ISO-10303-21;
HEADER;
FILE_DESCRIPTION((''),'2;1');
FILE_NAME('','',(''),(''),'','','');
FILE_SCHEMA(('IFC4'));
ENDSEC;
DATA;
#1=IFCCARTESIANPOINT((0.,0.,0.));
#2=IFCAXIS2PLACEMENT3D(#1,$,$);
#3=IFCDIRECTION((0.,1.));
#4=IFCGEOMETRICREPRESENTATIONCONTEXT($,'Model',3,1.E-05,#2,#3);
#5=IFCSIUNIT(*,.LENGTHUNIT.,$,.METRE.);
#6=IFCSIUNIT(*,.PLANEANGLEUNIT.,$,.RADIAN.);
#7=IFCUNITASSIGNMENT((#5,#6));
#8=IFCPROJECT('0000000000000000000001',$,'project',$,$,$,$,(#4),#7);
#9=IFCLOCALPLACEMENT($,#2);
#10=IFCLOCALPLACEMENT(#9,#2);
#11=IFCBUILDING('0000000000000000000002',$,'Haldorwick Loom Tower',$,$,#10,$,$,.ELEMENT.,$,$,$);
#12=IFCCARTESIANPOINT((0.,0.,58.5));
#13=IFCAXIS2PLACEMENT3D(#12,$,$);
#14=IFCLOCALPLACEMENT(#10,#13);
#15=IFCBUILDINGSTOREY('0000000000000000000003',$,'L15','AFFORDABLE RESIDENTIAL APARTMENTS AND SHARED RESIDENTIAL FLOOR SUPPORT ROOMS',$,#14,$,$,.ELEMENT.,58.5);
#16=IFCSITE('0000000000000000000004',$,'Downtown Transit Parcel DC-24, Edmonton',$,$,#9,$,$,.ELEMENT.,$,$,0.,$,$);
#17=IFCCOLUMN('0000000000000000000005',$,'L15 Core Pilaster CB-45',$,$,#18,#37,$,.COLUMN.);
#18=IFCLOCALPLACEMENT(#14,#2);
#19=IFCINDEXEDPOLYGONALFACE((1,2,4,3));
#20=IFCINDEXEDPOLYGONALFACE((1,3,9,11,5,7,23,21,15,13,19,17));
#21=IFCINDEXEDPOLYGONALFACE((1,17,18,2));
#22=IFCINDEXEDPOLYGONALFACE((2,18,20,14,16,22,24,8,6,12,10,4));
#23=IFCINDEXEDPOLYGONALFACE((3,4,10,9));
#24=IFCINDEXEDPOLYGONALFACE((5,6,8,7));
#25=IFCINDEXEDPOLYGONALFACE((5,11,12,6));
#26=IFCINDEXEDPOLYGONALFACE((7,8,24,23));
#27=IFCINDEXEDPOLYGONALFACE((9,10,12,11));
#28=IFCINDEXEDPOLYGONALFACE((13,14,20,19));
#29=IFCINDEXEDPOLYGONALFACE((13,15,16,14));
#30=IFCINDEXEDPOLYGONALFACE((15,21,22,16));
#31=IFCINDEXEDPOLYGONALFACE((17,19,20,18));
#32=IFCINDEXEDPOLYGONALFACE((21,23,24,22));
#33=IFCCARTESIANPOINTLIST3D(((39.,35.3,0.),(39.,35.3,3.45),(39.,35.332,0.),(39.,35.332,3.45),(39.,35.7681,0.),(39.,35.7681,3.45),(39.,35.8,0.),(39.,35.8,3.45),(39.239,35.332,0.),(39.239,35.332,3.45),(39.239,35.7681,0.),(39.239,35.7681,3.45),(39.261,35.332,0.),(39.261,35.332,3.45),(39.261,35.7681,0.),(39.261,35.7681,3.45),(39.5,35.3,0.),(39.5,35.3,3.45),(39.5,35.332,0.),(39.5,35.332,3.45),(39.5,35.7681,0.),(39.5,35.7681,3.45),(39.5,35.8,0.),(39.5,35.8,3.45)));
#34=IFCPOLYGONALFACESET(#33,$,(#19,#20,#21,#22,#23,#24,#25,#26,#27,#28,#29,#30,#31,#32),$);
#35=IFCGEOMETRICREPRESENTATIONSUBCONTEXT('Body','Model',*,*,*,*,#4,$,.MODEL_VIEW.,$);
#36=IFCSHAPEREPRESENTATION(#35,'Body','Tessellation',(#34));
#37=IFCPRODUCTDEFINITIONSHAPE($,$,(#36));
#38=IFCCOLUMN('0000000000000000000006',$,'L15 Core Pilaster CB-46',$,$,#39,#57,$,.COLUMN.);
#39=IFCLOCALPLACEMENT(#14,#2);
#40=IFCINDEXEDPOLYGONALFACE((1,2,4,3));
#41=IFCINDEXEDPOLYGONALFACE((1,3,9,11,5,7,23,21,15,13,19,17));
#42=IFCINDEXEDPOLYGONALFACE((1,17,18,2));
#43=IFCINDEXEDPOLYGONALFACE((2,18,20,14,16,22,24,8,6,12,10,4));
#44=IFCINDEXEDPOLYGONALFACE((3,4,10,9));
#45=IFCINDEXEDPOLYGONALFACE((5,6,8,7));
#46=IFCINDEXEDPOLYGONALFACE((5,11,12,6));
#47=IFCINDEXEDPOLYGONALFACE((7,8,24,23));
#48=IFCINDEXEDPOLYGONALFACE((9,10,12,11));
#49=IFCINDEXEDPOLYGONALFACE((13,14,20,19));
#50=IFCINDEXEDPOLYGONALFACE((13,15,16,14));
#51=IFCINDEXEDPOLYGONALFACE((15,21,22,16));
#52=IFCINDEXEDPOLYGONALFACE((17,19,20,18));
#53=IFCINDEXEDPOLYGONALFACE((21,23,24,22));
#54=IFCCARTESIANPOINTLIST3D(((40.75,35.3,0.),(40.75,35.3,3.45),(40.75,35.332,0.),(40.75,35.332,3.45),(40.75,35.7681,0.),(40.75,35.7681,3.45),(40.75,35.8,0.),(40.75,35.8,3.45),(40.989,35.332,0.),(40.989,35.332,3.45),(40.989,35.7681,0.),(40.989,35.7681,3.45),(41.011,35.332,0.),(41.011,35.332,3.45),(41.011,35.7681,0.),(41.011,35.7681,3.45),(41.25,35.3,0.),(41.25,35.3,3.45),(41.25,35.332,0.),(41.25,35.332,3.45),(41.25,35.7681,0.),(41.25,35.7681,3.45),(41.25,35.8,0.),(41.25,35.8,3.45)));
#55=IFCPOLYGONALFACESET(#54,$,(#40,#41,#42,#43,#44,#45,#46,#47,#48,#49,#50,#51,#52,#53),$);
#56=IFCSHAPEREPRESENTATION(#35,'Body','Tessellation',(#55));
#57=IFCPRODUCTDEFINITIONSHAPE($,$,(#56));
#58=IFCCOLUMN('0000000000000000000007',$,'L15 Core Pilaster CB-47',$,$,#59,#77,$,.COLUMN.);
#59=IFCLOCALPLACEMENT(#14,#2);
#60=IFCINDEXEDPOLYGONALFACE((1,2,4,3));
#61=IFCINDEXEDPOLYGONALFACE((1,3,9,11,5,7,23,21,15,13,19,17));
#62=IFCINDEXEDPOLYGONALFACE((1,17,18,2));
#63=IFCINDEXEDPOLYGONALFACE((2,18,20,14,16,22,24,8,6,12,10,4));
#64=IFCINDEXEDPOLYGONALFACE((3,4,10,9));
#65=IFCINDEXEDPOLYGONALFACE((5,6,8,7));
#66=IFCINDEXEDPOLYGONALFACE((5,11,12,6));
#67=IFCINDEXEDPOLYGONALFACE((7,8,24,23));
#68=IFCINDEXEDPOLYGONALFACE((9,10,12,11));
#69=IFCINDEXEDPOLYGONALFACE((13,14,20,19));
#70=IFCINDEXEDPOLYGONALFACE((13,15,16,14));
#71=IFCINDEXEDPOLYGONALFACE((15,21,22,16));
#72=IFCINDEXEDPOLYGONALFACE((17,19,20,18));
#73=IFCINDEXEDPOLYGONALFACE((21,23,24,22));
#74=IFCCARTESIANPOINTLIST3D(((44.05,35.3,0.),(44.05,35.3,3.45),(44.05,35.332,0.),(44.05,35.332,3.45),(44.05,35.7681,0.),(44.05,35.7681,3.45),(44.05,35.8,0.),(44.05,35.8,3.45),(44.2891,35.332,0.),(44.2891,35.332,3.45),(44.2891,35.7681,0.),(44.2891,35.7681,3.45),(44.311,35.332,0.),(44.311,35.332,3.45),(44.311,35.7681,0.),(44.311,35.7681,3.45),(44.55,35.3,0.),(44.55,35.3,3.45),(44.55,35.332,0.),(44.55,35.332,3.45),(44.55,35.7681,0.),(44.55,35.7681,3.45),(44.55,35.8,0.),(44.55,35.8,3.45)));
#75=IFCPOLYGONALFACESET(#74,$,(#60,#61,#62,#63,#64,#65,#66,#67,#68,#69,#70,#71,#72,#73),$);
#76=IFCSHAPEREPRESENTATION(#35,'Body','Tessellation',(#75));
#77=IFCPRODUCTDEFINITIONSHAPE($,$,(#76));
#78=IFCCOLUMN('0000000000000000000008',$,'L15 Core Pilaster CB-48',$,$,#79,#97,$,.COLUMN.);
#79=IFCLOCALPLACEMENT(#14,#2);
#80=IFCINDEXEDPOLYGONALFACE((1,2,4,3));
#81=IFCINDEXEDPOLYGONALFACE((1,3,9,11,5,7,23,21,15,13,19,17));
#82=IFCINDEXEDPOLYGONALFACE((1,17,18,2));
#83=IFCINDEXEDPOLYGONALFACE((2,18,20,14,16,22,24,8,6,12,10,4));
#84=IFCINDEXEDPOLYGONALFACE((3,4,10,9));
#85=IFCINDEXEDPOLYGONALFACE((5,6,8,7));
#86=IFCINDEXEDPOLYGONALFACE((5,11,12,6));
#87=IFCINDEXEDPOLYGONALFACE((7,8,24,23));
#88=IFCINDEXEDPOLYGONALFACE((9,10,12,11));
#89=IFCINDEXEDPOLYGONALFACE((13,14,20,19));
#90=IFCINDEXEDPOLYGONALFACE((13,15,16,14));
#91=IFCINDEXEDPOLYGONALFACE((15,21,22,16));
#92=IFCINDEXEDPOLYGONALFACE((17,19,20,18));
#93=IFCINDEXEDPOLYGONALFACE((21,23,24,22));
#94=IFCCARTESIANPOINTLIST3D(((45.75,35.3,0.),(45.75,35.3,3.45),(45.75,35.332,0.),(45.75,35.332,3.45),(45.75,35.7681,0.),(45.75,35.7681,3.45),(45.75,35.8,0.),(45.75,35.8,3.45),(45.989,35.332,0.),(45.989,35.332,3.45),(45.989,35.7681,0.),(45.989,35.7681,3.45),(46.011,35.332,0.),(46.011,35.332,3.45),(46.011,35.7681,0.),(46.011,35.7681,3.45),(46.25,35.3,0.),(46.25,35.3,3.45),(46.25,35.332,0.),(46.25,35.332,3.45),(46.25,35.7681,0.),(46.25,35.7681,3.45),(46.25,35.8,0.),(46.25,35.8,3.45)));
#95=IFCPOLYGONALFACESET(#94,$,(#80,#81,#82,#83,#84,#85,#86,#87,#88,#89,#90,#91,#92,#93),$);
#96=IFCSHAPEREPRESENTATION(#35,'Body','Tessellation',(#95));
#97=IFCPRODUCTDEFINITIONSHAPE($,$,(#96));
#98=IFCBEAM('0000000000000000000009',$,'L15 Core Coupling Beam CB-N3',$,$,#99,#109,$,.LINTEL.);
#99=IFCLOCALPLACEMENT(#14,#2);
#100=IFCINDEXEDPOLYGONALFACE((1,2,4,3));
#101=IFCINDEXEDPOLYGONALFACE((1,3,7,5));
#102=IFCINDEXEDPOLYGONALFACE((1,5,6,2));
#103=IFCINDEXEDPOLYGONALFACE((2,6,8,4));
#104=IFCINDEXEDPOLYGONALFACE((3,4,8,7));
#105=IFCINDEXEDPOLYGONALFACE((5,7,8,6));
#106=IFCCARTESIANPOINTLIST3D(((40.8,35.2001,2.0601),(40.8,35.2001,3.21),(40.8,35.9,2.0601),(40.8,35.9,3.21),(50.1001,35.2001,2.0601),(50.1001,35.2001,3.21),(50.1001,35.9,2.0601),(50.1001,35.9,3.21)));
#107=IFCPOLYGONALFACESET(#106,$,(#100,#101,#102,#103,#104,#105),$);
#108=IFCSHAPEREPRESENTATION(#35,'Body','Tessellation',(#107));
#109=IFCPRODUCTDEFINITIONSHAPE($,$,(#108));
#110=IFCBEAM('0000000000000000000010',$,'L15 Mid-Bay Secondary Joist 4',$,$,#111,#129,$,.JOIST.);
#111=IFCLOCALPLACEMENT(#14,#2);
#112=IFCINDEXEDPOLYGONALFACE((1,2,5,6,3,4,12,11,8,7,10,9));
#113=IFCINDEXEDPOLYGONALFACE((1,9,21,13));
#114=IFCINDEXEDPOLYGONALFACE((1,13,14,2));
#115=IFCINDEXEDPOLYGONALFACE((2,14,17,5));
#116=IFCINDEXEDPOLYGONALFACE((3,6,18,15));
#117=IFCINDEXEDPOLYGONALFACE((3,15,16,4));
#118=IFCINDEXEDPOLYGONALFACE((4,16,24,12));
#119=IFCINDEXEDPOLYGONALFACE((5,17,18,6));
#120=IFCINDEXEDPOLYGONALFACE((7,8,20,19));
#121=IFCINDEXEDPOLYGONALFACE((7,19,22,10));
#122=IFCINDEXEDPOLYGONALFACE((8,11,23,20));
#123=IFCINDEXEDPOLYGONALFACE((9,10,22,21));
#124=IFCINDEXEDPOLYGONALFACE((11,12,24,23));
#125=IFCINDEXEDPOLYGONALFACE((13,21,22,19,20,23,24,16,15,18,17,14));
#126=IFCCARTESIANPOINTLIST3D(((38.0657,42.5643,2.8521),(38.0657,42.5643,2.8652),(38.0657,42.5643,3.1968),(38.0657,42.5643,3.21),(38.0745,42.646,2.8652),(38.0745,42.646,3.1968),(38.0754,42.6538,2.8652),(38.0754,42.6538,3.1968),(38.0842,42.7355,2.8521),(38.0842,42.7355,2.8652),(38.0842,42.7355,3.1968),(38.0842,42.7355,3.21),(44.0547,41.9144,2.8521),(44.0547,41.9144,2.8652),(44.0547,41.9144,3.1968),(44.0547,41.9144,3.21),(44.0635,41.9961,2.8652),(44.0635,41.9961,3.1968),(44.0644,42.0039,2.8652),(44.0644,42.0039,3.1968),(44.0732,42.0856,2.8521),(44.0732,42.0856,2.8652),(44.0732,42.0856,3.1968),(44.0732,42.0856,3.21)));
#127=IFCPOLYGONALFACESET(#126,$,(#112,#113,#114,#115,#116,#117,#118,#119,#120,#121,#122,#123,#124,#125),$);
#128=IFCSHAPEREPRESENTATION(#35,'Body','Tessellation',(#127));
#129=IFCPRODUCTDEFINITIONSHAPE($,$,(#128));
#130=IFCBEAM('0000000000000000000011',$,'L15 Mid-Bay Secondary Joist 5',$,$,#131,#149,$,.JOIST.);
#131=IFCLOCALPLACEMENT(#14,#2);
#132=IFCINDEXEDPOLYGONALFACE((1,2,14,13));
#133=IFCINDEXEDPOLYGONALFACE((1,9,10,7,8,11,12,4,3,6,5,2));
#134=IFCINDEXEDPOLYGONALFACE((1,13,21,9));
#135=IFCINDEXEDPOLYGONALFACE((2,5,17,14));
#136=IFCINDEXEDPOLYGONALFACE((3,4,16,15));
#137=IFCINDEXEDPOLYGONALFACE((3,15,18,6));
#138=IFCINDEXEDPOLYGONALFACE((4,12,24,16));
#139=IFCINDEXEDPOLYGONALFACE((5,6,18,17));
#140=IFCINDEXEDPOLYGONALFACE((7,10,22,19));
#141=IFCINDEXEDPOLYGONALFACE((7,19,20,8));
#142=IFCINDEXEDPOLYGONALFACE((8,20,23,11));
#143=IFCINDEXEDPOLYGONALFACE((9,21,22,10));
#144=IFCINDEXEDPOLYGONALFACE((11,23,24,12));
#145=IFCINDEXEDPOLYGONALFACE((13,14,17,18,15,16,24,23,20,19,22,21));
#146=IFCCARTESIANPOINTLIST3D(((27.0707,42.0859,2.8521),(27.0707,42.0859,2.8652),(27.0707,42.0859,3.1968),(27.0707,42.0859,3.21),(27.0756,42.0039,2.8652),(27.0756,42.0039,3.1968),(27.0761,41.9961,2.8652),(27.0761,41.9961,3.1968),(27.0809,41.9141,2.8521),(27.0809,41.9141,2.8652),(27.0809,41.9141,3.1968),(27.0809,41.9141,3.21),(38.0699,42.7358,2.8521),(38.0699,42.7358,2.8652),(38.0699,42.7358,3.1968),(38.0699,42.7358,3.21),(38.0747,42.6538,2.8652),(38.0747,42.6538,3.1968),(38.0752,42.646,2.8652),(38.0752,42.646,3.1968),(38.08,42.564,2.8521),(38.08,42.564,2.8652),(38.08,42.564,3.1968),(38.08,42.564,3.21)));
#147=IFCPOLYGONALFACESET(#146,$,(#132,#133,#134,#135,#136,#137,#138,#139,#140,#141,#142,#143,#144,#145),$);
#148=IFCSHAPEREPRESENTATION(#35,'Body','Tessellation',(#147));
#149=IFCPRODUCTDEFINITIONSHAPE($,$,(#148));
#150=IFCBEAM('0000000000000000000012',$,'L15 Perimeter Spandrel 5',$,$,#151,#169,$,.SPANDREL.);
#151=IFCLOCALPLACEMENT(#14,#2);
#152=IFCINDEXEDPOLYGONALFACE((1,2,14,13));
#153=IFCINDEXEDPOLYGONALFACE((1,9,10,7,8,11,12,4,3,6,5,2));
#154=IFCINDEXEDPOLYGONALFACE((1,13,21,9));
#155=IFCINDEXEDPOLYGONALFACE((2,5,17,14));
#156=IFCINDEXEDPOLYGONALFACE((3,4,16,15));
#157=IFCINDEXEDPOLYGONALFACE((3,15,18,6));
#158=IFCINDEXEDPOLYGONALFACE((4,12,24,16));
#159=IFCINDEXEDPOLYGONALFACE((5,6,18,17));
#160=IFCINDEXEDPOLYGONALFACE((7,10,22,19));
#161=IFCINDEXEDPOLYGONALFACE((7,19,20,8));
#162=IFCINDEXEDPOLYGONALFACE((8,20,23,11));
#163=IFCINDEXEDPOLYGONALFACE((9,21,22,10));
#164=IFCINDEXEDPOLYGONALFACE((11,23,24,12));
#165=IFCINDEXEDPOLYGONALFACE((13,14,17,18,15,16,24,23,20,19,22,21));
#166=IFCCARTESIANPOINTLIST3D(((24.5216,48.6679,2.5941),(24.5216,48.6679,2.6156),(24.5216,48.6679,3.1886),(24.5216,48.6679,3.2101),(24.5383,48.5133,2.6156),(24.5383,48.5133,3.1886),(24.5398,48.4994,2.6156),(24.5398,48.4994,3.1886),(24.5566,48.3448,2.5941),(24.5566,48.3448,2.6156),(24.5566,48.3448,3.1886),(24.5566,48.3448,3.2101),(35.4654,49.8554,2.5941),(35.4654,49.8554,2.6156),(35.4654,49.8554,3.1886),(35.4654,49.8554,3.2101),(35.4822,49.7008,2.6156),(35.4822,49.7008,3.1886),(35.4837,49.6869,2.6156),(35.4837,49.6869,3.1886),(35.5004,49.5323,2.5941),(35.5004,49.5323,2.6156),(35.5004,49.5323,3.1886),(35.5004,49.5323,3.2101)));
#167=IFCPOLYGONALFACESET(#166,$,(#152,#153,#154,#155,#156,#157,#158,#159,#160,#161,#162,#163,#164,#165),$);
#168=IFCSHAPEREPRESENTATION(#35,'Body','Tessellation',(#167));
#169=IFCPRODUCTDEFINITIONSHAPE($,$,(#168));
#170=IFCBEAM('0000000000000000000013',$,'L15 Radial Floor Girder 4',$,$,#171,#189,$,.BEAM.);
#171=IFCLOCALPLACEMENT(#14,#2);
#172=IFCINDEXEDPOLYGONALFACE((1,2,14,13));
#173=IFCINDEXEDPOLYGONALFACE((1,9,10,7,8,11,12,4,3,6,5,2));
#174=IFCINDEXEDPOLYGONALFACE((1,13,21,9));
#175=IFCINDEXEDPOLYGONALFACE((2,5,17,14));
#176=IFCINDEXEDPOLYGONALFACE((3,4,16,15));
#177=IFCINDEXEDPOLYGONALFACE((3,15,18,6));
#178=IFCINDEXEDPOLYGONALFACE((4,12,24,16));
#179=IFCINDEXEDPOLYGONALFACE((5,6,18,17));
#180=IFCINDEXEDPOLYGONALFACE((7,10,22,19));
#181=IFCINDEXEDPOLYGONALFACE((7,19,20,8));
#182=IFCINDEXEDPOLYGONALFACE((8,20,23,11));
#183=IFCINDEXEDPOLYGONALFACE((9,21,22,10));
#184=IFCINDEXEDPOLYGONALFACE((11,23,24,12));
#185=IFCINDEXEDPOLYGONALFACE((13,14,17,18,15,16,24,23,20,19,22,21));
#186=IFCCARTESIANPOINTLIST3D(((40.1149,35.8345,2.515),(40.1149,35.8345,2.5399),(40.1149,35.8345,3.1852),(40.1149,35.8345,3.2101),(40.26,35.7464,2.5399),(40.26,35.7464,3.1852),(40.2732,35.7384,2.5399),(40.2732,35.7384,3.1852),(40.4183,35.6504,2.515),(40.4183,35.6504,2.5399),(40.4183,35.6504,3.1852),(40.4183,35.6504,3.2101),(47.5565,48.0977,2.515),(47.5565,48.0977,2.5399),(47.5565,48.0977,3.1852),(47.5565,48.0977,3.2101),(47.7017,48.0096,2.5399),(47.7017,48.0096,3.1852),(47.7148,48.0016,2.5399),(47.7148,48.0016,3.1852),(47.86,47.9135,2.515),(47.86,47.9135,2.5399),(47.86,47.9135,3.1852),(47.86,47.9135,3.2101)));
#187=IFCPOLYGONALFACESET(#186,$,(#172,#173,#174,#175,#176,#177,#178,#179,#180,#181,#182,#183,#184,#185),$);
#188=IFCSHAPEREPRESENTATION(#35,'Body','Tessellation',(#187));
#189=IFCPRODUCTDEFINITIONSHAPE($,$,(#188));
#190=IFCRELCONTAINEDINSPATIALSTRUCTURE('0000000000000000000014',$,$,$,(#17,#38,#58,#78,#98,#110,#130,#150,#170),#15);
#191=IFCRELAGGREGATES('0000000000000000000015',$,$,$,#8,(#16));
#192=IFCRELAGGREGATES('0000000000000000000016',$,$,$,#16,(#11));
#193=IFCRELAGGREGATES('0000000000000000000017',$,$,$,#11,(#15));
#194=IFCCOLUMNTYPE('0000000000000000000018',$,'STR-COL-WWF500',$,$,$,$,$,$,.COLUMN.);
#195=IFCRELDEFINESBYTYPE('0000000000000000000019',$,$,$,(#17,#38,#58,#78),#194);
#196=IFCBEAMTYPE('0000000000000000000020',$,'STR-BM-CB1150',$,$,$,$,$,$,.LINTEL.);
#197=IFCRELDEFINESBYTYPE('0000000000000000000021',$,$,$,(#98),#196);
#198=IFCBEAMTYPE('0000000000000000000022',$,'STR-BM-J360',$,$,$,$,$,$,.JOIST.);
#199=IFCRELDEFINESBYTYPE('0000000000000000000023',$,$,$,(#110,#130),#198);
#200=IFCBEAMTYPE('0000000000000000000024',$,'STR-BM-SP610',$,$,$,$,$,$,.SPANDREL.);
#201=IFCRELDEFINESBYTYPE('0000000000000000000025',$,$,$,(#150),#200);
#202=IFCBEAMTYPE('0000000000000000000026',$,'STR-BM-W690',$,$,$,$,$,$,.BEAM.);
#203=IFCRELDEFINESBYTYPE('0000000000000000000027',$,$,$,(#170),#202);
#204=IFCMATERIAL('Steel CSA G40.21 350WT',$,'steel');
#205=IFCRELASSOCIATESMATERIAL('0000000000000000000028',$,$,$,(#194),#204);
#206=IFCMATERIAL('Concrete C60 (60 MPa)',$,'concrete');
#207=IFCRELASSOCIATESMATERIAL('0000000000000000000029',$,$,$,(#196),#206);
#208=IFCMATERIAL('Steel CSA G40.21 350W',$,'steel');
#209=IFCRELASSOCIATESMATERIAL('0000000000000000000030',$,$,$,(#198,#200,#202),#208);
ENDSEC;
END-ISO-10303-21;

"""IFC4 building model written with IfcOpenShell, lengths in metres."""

from ifc_helpers import new_model, si_unit, direction, frame, origin, origin_2d, place, context, subcontext, project, spatial, rectangle, i_section, extrude, material, material_profile, profile_set, type_object, element, save


model = new_model("IFC4")

# Units and contexts
model_context = context("Model", 3, precision=1e-05, world=origin(), true_north=direction((0.0, 1.0)))
body_context = subcontext(model_context, "Body", "Model", "MODEL_VIEW")
ifc_project = project(units=[si_unit("LENGTHUNIT", "METRE"), si_unit("PLANEANGLEUNIT", "RADIAN")], contexts=[model_context])

# Site, building, storey
site_placement = place(None, origin())
site = spatial("IfcSite", under=ifc_project, at=site_placement, Name="Downtown Transit Parcel DC-24, Edmonton", CompositionType="ELEMENT", RefElevation=0.0)
building_placement = place(site_placement, origin())
building = spatial("IfcBuilding", under=site, at=building_placement, Name="Haldorwick Loom Tower", CompositionType="ELEMENT")
storey_placement = place(building_placement, frame((0.0, 0.0, 58.5)))
storey = spatial("IfcBuildingStorey", under=building, at=storey_placement, Name="L15", Description="AFFORDABLE RESIDENTIAL APARTMENTS AND SHARED RESIDENTIAL FLOOR SUPPORT ROOMS", CompositionType="ELEMENT", Elevation=58.5)

# Columns
ifc_material_1 = material(Name="Concrete C60 (60 MPa)", Category="concrete")
ifc_material_2 = material(Name="Steel CSA G40.21 350WT", Category="steel")
ifc_material_profile_1 = material_profile(ifc_material_2, i_section(OverallWidth=0.5, OverallDepth=0.5, WebThickness=0.022, FlangeThickness=0.032, at=origin_2d()), Name="WWF500X500", Category="steel")
ifc_profile_set_1 = profile_set([ifc_material_profile_1], Name="Steel CSA G40.21 350WT")
column_type_1 = type_object("IfcColumnType", Name="STR-COL-WWF500", PredefinedType="COLUMN", material=ifc_profile_set_1)
for number, where, z_axis, x_axis, name in (
    (1, (39.25, 35.55, 0.0), (0.0, 0.0, 1.0), (1.0, 0.0, 0.0), "L15 Core Pilaster CB-45"),
    (2, (41.0, 35.55, 0.0), (0.0, 0.0, 1.0), (1.0, 0.0, 0.0), "L15 Core Pilaster CB-46"),
    (3, (44.3, 35.55, 0.0), (0.0, 0.0, 1.0), (1.0, 0.0, 0.0), "L15 Core Pilaster CB-47"),
    (4, (46.0, 35.55, 0.0), (0.0, 0.0, 1.0), (1.0, 0.0, 0.0), "L15 Core Pilaster CB-48"),
):
    element("IfcColumn", number, at=place(storey_placement, frame(where, z_axis=z_axis, x_axis=x_axis)), inside=storey, type_object=column_type_1, Name=name, PredefinedType="COLUMN", context=body_context, shape_type="SweptSolid", body=[
        extrude(i_section(OverallWidth=0.5, OverallDepth=0.5, WebThickness=0.022, FlangeThickness=0.032, at=origin_2d()), origin(), (0.0, 0.0, 1.0), 3.45),
    ])

# Beams
ifc_material_profile_2 = material_profile(ifc_material_1, rectangle(XDim=0.7, YDim=1.1499, at=origin_2d()), Name="RC700X1150", Category="concrete")
ifc_profile_set_2 = profile_set([ifc_material_profile_2], Name="Concrete C60 (60 MPa)")
beam_type_1 = type_object("IfcBeamType", Name="STR-BM-CB1150", PredefinedType="LINTEL", material=ifc_profile_set_2)
beam_1_placement = place(storey_placement, frame((40.8, 35.55, 2.635), z_axis=(1.0, 0.0, 0.0), x_axis=(0.0, 1.0, 0.0)))
element("IfcBeam", 5, at=beam_1_placement, inside=storey, type_object=beam_type_1, Name="L15 Core Coupling Beam CB-N3", PredefinedType="LINTEL", context=body_context, shape_type="SweptSolid", body=[
    extrude(rectangle(XDim=0.7, YDim=1.1499, at=origin_2d()), origin(), (0.0, 0.0, 1.0), 9.3),
])
ifc_material_3 = material(Name="Steel CSA G40.21 350W", Category="steel")
ifc_material_profile_3 = material_profile(ifc_material_3, i_section(OverallWidth=0.1721, OverallDepth=0.3579, WebThickness=0.0078, FlangeThickness=0.0132, at=origin_2d()), Name="W360X57", Category="steel")
ifc_profile_set_3 = profile_set([ifc_material_profile_3], Name="Steel CSA G40.21 350W")
beam_type_2 = type_object("IfcBeamType", Name="STR-BM-J360", PredefinedType="JOIST", material=ifc_profile_set_3)
beam_2_placement = place(storey_placement, frame((44.064, 42.0, 3.031), z_axis=(-0.994164, 0.107882, 0.0), x_axis=(-0.107882, -0.994164, 0.0)))
element("IfcBeam", 6, at=beam_2_placement, inside=storey, type_object=beam_type_2, Name="L15 Mid-Bay Secondary Joist 4", PredefinedType="JOIST", context=body_context, shape_type="SweptSolid", body=[
    extrude(i_section(OverallWidth=0.1721, OverallDepth=0.3579, WebThickness=0.0078, FlangeThickness=0.0132, at=origin_2d()), origin(), (0.0, 0.0, 1.0), 6.0242),
])
beam_3_placement = place(storey_placement, frame((38.075, 42.6499, 3.031), z_axis=(-0.998259, -0.058984, 0.0), x_axis=(0.058984, -0.998259, 0.0)))
element("IfcBeam", 7, at=beam_3_placement, inside=storey, type_object=beam_type_2, Name="L15 Mid-Bay Secondary Joist 5", PredefinedType="JOIST", context=body_context, shape_type="SweptSolid", body=[
    extrude(i_section(OverallWidth=0.1721, OverallDepth=0.3579, WebThickness=0.0078, FlangeThickness=0.0132, at=origin_2d()), origin(), (0.0, 0.0, 1.0), 11.0183),
])
ifc_material_profile_4 = material_profile(ifc_material_3, i_section(OverallWidth=0.325, OverallDepth=0.616, WebThickness=0.0139, FlangeThickness=0.0215, at=origin_2d()), Name="W610X174", Category="steel")
ifc_profile_set_4 = profile_set([ifc_material_profile_4], Name="Steel CSA G40.21 350W")
beam_type_3 = type_object("IfcBeamType", Name="STR-BM-SP610", PredefinedType="SPANDREL", material=ifc_profile_set_4)
beam_4_placement = place(storey_placement, frame((35.4829, 49.6938, 2.9021), z_axis=(-0.994164, -0.107875, 0.0), x_axis=(0.107875, -0.994164, 0.0)))
element("IfcBeam", 8, at=beam_4_placement, inside=storey, type_object=beam_type_3, Name="L15 Perimeter Spandrel 5", PredefinedType="SPANDREL", context=body_context, shape_type="SweptSolid", body=[
    extrude(i_section(OverallWidth=0.325, OverallDepth=0.616, WebThickness=0.0139, FlangeThickness=0.0215, at=origin_2d()), origin(), (0.0, 0.0, 1.0), 11.0081),
])
ifc_material_profile_5 = material_profile(ifc_material_3, i_section(OverallWidth=0.355, OverallDepth=0.6951, WebThickness=0.0154, FlangeThickness=0.0249, at=origin_2d()), Name="W690X217", Category="steel")
ifc_profile_set_5 = profile_set([ifc_material_profile_5], Name="Steel CSA G40.21 350W")
beam_type_4 = type_object("IfcBeamType", Name="STR-BM-W690", PredefinedType="BEAM", material=ifc_profile_set_5)
beam_5_placement = place(storey_placement, frame((40.2666, 35.7424, 2.8625), z_axis=(0.518782, 0.854907, 0.0), x_axis=(-0.854907, 0.518782, 0.0)))
element("IfcBeam", 9, at=beam_5_placement, inside=storey, type_object=beam_type_4, Name="L15 Radial Floor Girder 4", PredefinedType="BEAM", context=body_context, shape_type="SweptSolid", body=[
    extrude(i_section(OverallWidth=0.355, OverallDepth=0.6951, WebThickness=0.0154, FlangeThickness=0.0249, at=origin_2d()), origin(), (0.0, 0.0, 1.0), 14.3445),
])

save(model, "model.ifc")
